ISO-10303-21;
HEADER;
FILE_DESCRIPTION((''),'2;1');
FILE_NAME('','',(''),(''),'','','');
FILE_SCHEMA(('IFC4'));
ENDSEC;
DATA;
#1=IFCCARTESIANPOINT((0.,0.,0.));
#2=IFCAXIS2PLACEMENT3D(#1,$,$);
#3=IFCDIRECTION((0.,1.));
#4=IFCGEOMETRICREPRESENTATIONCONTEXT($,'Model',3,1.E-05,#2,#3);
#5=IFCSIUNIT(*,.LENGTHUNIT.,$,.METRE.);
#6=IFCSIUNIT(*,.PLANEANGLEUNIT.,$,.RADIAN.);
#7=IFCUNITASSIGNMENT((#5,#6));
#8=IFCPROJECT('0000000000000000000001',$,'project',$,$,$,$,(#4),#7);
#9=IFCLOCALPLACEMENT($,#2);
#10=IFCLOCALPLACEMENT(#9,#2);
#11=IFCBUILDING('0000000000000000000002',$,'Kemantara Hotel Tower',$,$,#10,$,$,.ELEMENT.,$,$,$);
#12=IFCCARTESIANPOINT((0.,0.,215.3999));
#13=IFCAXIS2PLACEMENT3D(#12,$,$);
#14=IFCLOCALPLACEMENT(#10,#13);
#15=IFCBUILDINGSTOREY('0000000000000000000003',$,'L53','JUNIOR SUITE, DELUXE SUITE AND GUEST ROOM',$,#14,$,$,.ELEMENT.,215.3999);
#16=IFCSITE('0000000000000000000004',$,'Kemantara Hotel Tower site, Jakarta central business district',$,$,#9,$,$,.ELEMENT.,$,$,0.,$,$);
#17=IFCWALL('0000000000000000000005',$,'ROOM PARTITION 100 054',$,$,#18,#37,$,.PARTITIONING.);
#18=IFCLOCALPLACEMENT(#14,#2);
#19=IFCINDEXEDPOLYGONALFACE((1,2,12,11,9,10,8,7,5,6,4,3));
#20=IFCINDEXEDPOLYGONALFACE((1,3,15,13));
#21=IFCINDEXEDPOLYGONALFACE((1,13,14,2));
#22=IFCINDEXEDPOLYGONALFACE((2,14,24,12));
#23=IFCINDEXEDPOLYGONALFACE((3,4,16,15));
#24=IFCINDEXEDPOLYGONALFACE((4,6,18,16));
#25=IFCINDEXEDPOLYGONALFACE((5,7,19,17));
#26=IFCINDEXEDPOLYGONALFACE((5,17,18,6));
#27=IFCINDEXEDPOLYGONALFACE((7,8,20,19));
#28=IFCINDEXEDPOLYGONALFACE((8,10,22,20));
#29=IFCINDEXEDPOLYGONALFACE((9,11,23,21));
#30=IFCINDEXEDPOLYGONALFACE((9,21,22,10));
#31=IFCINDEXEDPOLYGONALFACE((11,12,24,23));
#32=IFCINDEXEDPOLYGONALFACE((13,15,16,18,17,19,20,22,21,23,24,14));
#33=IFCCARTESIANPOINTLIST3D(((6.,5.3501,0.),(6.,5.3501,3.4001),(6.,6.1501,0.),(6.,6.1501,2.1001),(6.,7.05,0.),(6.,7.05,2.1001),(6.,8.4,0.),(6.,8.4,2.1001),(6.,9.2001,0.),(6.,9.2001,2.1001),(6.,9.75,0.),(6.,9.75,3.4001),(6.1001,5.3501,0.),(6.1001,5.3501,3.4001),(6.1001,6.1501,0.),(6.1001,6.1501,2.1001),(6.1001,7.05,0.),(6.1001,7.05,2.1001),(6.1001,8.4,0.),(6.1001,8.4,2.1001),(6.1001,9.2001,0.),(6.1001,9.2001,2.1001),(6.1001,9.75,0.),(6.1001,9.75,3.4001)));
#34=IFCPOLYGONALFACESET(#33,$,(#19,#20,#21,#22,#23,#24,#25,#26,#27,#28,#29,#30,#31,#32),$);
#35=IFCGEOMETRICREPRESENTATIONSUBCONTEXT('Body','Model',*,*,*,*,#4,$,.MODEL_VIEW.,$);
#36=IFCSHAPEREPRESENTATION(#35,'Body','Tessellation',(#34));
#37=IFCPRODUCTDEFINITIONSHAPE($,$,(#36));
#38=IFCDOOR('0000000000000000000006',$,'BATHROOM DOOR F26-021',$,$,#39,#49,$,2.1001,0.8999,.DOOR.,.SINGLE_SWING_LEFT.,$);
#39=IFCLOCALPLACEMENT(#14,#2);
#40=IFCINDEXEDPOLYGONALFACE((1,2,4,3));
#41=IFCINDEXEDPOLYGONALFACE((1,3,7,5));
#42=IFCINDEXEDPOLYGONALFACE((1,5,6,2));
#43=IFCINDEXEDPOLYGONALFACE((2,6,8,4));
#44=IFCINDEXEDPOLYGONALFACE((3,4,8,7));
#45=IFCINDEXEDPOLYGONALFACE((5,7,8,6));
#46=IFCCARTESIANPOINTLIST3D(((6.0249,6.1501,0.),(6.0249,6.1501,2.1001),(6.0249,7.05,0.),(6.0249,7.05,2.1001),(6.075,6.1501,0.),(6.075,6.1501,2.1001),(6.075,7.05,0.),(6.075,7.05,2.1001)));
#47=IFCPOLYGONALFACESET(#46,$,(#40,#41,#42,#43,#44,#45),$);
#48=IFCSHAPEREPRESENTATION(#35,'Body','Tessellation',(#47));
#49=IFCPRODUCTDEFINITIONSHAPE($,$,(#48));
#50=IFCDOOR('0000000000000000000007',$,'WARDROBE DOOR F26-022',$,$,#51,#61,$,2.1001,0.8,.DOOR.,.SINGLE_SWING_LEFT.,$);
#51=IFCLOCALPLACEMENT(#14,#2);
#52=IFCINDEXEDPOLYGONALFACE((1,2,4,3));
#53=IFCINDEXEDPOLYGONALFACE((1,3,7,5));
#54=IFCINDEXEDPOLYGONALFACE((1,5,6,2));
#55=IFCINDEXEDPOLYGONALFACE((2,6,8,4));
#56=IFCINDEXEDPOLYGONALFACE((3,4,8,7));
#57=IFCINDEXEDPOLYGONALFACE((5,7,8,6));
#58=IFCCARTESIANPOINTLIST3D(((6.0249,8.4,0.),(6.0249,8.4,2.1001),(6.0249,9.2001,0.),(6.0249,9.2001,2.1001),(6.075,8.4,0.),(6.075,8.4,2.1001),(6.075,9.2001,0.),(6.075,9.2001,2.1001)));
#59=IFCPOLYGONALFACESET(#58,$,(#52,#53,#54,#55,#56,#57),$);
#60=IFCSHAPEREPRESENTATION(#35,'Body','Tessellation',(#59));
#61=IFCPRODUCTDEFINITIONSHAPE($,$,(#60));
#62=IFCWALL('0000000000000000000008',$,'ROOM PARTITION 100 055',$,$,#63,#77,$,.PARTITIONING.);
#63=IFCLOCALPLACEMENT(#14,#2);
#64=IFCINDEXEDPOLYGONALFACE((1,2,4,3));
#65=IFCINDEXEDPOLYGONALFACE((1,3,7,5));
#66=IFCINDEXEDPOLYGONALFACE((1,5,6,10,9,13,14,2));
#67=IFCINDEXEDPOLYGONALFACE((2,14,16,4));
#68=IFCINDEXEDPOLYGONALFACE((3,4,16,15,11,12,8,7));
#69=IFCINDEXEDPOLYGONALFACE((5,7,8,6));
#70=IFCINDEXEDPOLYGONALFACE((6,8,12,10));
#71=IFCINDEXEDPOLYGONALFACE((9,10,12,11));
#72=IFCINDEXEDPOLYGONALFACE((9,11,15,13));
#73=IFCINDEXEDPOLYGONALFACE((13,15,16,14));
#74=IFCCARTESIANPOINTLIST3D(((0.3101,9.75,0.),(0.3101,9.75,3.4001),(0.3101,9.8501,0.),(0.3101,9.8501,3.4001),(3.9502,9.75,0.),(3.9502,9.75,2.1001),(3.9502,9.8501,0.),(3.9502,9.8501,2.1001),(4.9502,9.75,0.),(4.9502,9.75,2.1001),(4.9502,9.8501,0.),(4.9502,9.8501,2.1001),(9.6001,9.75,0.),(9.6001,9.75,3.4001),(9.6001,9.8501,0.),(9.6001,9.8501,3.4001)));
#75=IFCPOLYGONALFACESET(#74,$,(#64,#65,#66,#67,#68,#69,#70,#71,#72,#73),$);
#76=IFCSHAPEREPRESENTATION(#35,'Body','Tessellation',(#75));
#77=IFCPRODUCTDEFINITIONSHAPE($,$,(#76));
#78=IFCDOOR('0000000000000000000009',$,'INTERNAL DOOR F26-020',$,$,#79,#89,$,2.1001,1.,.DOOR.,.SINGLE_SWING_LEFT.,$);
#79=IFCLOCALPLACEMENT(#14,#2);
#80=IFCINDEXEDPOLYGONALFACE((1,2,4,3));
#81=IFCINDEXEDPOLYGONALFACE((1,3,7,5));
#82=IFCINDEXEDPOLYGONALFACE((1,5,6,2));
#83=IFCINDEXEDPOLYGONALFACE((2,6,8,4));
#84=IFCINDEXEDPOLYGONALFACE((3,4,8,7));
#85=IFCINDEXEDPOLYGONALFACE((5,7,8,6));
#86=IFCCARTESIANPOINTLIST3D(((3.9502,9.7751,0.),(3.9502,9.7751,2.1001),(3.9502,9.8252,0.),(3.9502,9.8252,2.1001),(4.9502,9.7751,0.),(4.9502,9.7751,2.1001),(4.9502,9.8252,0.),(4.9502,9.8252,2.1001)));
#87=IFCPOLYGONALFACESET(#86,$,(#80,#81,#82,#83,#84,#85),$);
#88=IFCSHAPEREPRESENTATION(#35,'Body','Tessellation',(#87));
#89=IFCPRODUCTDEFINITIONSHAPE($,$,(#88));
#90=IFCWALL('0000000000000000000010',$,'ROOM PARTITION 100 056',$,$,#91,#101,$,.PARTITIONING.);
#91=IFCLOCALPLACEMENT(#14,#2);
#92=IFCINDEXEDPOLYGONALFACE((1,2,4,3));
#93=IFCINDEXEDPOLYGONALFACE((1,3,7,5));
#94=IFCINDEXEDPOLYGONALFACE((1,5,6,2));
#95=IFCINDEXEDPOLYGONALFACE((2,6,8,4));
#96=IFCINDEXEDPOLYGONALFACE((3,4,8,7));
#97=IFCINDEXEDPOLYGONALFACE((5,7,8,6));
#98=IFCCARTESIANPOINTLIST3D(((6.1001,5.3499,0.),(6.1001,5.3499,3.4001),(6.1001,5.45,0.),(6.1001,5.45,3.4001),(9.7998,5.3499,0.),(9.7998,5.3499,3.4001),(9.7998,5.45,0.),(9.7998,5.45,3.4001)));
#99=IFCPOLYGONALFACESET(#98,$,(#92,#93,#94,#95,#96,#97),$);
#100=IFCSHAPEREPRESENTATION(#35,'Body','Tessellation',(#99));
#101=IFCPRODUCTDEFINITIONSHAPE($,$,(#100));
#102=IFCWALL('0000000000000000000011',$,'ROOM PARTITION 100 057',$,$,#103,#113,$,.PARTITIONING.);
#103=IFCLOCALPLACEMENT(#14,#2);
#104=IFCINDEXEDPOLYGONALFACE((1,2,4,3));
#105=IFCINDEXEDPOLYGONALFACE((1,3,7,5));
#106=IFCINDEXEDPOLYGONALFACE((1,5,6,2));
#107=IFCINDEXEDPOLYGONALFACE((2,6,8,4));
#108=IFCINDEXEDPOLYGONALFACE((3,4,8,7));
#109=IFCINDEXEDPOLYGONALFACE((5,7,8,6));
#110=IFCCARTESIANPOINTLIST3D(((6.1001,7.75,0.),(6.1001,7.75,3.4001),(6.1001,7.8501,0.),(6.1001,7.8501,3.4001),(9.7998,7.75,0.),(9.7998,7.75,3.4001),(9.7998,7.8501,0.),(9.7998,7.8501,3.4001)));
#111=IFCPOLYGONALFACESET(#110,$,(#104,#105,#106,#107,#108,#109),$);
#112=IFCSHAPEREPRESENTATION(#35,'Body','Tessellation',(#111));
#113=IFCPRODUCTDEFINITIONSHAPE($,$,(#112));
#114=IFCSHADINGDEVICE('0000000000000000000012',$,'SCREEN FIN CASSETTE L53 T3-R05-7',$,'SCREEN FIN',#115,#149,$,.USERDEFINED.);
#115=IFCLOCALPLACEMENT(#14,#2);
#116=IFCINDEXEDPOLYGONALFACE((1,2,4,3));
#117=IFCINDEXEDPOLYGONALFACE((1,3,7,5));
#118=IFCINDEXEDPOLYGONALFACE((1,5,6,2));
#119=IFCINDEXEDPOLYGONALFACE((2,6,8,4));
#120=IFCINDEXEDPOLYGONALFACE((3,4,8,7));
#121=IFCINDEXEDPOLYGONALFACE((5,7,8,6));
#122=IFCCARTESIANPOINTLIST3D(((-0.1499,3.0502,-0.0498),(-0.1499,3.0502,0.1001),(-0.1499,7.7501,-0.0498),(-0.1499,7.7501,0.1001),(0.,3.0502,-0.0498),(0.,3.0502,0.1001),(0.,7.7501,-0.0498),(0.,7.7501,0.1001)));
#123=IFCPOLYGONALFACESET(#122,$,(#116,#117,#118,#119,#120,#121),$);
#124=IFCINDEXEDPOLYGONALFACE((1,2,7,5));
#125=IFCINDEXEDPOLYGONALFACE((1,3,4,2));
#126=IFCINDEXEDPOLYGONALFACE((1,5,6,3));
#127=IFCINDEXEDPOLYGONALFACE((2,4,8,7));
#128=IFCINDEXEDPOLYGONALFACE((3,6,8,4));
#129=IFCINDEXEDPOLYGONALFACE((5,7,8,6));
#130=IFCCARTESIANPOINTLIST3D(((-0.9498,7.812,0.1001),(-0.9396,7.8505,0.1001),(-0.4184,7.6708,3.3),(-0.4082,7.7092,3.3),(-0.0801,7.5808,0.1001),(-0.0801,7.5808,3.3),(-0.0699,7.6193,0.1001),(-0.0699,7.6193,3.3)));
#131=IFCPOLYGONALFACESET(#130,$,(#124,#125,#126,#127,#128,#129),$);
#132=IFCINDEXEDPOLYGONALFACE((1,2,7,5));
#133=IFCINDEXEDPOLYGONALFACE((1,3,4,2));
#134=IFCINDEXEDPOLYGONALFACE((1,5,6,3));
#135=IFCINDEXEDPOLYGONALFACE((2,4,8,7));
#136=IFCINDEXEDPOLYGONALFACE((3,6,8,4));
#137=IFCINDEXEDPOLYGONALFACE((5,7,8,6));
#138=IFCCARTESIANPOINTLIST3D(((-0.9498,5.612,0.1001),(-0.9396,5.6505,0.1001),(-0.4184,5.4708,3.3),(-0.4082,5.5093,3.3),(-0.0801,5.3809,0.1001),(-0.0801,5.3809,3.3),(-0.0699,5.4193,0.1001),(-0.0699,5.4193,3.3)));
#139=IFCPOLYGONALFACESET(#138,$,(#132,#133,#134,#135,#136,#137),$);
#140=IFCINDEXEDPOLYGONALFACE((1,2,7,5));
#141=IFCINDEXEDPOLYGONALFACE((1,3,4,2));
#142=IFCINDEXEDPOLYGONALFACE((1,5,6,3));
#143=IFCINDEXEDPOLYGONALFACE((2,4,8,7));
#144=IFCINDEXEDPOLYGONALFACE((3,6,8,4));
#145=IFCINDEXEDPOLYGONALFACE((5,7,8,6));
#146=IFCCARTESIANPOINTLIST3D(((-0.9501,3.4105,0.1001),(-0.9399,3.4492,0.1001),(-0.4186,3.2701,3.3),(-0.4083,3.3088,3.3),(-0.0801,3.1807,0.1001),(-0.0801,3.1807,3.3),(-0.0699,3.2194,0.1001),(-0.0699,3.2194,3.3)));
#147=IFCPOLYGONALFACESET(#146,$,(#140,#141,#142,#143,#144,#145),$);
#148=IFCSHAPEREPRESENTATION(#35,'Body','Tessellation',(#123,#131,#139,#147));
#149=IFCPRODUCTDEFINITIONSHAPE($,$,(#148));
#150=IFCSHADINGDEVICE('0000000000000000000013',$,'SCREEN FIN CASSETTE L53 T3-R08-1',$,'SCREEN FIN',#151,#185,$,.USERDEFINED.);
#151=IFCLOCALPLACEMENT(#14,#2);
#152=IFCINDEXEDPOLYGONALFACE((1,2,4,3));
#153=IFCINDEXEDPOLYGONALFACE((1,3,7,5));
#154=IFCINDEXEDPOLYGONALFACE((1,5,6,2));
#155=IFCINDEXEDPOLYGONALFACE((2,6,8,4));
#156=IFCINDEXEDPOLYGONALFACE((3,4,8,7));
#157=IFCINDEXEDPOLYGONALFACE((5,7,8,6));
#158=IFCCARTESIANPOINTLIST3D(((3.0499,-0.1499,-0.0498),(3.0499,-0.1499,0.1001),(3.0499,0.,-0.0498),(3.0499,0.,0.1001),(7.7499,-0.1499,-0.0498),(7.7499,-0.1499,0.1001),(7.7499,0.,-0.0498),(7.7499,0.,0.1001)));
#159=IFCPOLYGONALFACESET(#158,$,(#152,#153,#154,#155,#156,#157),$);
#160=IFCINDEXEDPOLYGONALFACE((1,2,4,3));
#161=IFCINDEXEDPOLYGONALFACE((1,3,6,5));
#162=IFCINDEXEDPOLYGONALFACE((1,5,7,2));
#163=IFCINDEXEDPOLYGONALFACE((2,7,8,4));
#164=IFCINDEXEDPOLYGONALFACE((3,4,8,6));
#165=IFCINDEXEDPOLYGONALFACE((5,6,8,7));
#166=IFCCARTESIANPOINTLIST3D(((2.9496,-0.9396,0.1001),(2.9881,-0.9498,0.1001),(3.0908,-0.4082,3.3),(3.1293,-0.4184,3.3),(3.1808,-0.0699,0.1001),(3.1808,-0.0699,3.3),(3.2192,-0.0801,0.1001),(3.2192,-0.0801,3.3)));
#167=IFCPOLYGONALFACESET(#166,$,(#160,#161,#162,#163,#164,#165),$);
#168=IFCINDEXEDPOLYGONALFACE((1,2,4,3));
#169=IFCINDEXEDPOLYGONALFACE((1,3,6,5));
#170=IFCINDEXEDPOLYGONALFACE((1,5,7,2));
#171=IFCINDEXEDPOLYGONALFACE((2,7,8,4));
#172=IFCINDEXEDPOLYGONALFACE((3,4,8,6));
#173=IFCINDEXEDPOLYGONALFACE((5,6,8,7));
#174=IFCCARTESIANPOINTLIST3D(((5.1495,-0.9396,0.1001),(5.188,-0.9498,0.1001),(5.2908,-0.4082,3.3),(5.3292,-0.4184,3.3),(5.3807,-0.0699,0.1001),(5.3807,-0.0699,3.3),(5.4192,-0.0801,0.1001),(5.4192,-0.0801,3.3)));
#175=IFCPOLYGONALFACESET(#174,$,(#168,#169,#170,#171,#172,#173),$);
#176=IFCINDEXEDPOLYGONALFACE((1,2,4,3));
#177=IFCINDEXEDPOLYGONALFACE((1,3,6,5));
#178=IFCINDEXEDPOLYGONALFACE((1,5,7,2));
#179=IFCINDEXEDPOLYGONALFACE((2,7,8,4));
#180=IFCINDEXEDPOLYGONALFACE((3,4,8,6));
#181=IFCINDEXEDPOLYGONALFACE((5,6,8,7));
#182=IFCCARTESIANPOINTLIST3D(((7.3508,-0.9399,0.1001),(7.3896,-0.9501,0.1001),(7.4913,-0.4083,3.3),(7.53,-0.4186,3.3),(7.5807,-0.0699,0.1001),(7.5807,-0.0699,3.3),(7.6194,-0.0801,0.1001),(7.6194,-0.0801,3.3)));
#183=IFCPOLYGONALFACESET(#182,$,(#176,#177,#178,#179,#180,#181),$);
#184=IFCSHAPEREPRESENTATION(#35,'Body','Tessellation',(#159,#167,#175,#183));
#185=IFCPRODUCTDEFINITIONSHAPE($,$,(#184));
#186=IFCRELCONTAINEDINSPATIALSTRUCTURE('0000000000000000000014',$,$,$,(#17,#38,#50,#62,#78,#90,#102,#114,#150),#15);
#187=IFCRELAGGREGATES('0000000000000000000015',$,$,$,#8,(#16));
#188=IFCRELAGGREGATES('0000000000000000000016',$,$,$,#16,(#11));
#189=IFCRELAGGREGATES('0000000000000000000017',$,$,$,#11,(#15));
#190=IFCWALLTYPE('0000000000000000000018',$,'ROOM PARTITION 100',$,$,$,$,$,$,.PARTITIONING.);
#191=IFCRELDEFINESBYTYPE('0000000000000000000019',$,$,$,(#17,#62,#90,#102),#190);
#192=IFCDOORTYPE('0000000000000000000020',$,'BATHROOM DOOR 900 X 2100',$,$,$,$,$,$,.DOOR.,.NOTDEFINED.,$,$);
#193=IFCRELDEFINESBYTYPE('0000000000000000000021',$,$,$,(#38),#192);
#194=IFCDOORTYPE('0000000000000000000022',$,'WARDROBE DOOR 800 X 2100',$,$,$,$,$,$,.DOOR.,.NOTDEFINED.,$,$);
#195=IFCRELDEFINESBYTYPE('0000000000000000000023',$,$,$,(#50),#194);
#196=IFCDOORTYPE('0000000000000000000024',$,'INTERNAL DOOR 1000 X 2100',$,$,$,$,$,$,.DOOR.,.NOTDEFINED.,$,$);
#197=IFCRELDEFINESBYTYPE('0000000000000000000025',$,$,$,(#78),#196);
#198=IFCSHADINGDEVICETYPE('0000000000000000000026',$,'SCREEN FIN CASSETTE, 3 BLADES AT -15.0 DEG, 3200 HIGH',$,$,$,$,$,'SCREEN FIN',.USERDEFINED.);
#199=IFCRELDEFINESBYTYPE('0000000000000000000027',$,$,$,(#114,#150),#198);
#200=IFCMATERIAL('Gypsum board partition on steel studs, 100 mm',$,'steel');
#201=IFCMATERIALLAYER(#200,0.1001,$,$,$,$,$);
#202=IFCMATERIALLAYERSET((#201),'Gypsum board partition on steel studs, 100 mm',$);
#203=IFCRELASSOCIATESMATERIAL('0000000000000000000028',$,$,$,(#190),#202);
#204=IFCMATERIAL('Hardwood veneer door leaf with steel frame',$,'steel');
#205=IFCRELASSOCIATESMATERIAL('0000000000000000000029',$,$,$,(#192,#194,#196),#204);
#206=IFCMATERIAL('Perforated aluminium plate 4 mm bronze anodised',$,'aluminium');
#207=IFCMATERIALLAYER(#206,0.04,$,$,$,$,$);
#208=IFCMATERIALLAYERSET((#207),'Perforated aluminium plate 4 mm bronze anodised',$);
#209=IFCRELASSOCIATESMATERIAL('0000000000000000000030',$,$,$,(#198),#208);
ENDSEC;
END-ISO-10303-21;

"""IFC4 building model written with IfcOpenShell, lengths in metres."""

from ifc_helpers import new_model, si_unit, direction, frame, frame_2d, origin, origin_2d, place, context, subcontext, project, spatial, polyline, rectangle, outline, extrude, source, transform, mapped, material, layer, layer_set, type_object, element, fill, save


model = new_model("IFC4")

# Units and contexts
model_context = context("Model", 3, precision=1e-05, world=origin(), true_north=direction((0.0, 1.0)))
body_context = subcontext(model_context, "Body", "Model", "MODEL_VIEW")
ifc_project = project(units=[si_unit("LENGTHUNIT", "METRE"), si_unit("PLANEANGLEUNIT", "RADIAN")], contexts=[model_context])

# Site, building, storey
site_placement = place(None, origin())
site = spatial("IfcSite", under=ifc_project, at=site_placement, Name="Kemantara Hotel Tower site, Jakarta central business district", CompositionType="ELEMENT", RefElevation=0.0)
building_placement = place(site_placement, origin())
building = spatial("IfcBuilding", under=site, at=building_placement, Name="Kemantara Hotel Tower", CompositionType="ELEMENT")
storey_placement = place(building_placement, frame((0.0, 0.0, 215.3999)))
storey = spatial("IfcBuildingStorey", under=building, at=storey_placement, Name="L53", Description="JUNIOR SUITE, DELUXE SUITE AND GUEST ROOM", CompositionType="ELEMENT", Elevation=215.3999)

# Wall, openings, doors
ifc_material_1 = material(Name="Hardwood veneer door leaf with steel frame", Category="steel")
ifc_material_2 = material(Name="Gypsum board partition on steel studs, 100 mm", Category="steel")
ifc_layer_1 = layer(ifc_material_2, 0.1001)
ifc_layer_set_1 = layer_set([ifc_layer_1], Name="Gypsum board partition on steel studs, 100 mm")
wall_type_1 = type_object("IfcWallType", Name="ROOM PARTITION 100", PredefinedType="PARTITIONING", material=ifc_layer_set_1)
wall_1_placement = place(storey_placement, frame((6.05, 9.75, 0.0), z_axis=(0.0, 0.0, 1.0), x_axis=(0.0, -1.0, 0.0)))
wall_1 = element("IfcWall", 1, at=wall_1_placement, inside=storey, type_object=wall_type_1, Name="ROOM PARTITION 100 054", PredefinedType="PARTITIONING", context=body_context, shape_type="SweptSolid", body=[
    extrude(rectangle(XDim=4.3999, YDim=0.1001, at=frame_2d((2.2, 0.0))), origin(), (0.0, 0.0, 1.0), 3.4001),
])
opening_1_placement = place(wall_1_placement, frame((2.7, 0.0, 0.0)))
opening_1 = element("IfcOpeningElement", 2, at=opening_1_placement, cuts=wall_1, PredefinedType="OPENING", context=body_context, shape_type="SweptSolid", body=[
    extrude(rectangle(XDim=0.8999, YDim=2.1001, at=frame_2d((0.45, 1.05))), frame((0.0, 0.0601, 0.0), z_axis=(0.0, -1.0, 0.0), x_axis=(1.0, 0.0, 0.0)), (0.0, 0.0, 1.0), 0.1201),
])
opening_2_placement = place(wall_1_placement, frame((0.55, 0.0, 0.0)))
opening_2 = element("IfcOpeningElement", 3, at=opening_2_placement, cuts=wall_1, PredefinedType="OPENING", context=body_context, shape_type="SweptSolid", body=[
    extrude(rectangle(XDim=0.8, YDim=2.1001, at=frame_2d((0.3999, 1.05))), frame((0.0, 0.0601, 0.0), z_axis=(0.0, -1.0, 0.0), x_axis=(1.0, 0.0, 0.0)), (0.0, 0.0, 1.0), 0.1201),
])
door_type_1 = type_object("IfcDoorType", Name="BATHROOM DOOR 900 X 2100", OperationType="NOTDEFINED", PredefinedType="DOOR", material=ifc_material_1)
door_1_placement = place(opening_1_placement, origin())
door_1 = element("IfcDoor", 4, at=door_1_placement, inside=storey, type_object=door_type_1, Name="BATHROOM DOOR F26-021", OperationType="SINGLE_SWING_LEFT", OverallHeight=2.1001, OverallWidth=0.8999, PredefinedType="DOOR", context=body_context, shape_type="SweptSolid", body=[
    extrude(rectangle(XDim=0.8999, YDim=2.1001, at=frame_2d((0.45, 1.05))), frame((0.0, 0.0249, 0.0), z_axis=(0.0, -1.0, 0.0), x_axis=(1.0, 0.0, 0.0)), (0.0, 0.0, 1.0), 0.05),
])
fill(opening_1, door_1)
door_type_2 = type_object("IfcDoorType", Name="WARDROBE DOOR 800 X 2100", OperationType="NOTDEFINED", PredefinedType="DOOR", material=ifc_material_1)
door_2_placement = place(opening_2_placement, origin())
door_2 = element("IfcDoor", 5, at=door_2_placement, inside=storey, type_object=door_type_2, Name="WARDROBE DOOR F26-022", OperationType="SINGLE_SWING_LEFT", OverallHeight=2.1001, OverallWidth=0.8, PredefinedType="DOOR", context=body_context, shape_type="SweptSolid", body=[
    extrude(rectangle(XDim=0.8, YDim=2.1001, at=frame_2d((0.3999, 1.05))), frame((0.0, 0.0249, 0.0), z_axis=(0.0, -1.0, 0.0), x_axis=(1.0, 0.0, 0.0)), (0.0, 0.0, 1.0), 0.05),
])
fill(opening_2, door_2)

# Wall, opening, door
wall_2_placement = place(storey_placement, frame((9.6001, 9.8, 0.0), z_axis=(0.0, 0.0, 1.0), x_axis=(-1.0, 0.0, 0.0)))
wall_2 = element("IfcWall", 6, at=wall_2_placement, inside=storey, type_object=wall_type_1, Name="ROOM PARTITION 100 055", PredefinedType="PARTITIONING", context=body_context, shape_type="SweptSolid", body=[
    extrude(rectangle(XDim=9.29, YDim=0.1001, at=frame_2d((4.645, 0.0))), origin(), (0.0, 0.0, 1.0), 3.4001),
])
opening_3_placement = place(wall_2_placement, frame((4.6499, 0.0, 0.0)))
opening_3 = element("IfcOpeningElement", 7, at=opening_3_placement, cuts=wall_2, PredefinedType="OPENING", context=body_context, shape_type="SweptSolid", body=[
    extrude(rectangle(XDim=1.0, YDim=2.1001, at=frame_2d((0.5, 1.05))), frame((0.0, 0.0601, 0.0), z_axis=(0.0, -1.0, 0.0), x_axis=(1.0, 0.0, 0.0)), (0.0, 0.0, 1.0), 0.1201),
])
door_type_3 = type_object("IfcDoorType", Name="INTERNAL DOOR 1000 X 2100", OperationType="NOTDEFINED", PredefinedType="DOOR", material=ifc_material_1)
door_3_placement = place(opening_3_placement, origin())
door_3 = element("IfcDoor", 8, at=door_3_placement, inside=storey, type_object=door_type_3, Name="INTERNAL DOOR F26-020", OperationType="SINGLE_SWING_LEFT", OverallHeight=2.1001, OverallWidth=1.0, PredefinedType="DOOR", context=body_context, shape_type="SweptSolid", body=[
    extrude(rectangle(XDim=1.0, YDim=2.1001, at=frame_2d((0.5, 1.05))), frame((0.0, 0.0249, 0.0), z_axis=(0.0, -1.0, 0.0), x_axis=(1.0, 0.0, 0.0)), (0.0, 0.0, 1.0), 0.05),
])
fill(opening_3, door_3)

# Walls
for number, where, z_axis, x_axis, name in (
    (9, (6.1001, 5.3999, 0.0), (0.0, 0.0, 1.0), (1.0, 0.0, 0.0), "ROOM PARTITION 100 056"),
    (10, (6.1001, 7.8, 0.0), (0.0, 0.0, 1.0), (1.0, 0.0, 0.0), "ROOM PARTITION 100 057"),
):
    element("IfcWall", number, at=place(storey_placement, frame(where, z_axis=z_axis, x_axis=x_axis)), inside=storey, type_object=wall_type_1, Name=name, PredefinedType="PARTITIONING", context=body_context, shape_type="SweptSolid", body=[
        extrude(rectangle(XDim=3.6997, YDim=0.1001, at=frame_2d((1.8499, 0.0))), origin(), (0.0, 0.0, 1.0), 3.4001),
    ])

# Shading devices
ifc_material_3 = material(Name="Perforated aluminium plate 4 mm bronze anodised", Category="aluminium")
ifc_layer_2 = layer(ifc_material_3, 0.04)
ifc_layer_set_2 = layer_set([ifc_layer_2], Name="Perforated aluminium plate 4 mm bronze anodised")
shading_device_type_1 = type_object("IfcShadingDeviceType", Name="SCREEN FIN CASSETTE, 3 BLADES AT -15.0 DEG, 3200 HIGH", ElementType="SCREEN FIN", PredefinedType="USERDEFINED", material=ifc_layer_set_2)
shared_shape_1 = source(origin(), body_context, "Body", "SweptSolid", [
    extrude(rectangle(XDim=4.7, YDim=0.1499, at=origin_2d()), frame((2.2, -0.075, -0.1499), z_axis=(0.0, 0.0, 1.0), x_axis=(1.0, 0.0, 0.0)), (0.0, 0.0, 1.0), 0.1499),
    extrude(outline(polyline([(0.0, 0.0), (0.8999, 0.0), (0.3501, 3.2), (0.0, 3.2), (0.0, 0.0)])), frame((0.0193, -0.0801, 0.0), z_axis=(-0.966438, 0.256901, 0.0), x_axis=(-0.256901, -0.966438, 0.0)), (0.0, 0.0, 1.0), 0.0398),
    extrude(outline(polyline([(0.0, 0.0), (0.8999, 0.0), (0.3501, 3.2), (0.0, 3.2), (0.0, 0.0)])), frame((2.2192, -0.0801, 0.0), z_axis=(-0.966438, 0.256901, 0.0), x_axis=(-0.256901, -0.966438, 0.0)), (0.0, 0.0, 1.0), 0.0398),
    extrude(outline(polyline([(0.0, 0.0), (0.8999, 0.0), (0.3501, 3.2), (0.0, 3.2), (0.0, 0.0)])), frame((4.4194, -0.0801, 0.0), z_axis=(-0.966838, 0.255391, 0.0), x_axis=(-0.255391, -0.966838, 0.0)), (0.0, 0.0, 1.0), 0.04),
])
for number, where, z_axis, x_axis, name in (
    (11, (0.0, 7.6001, 0.1001), (0.0, 0.0, 1.0), (0.0, -1.0, 0.0), "SCREEN FIN CASSETTE L53 T3-R05-7"),
    (12, (3.2, 0.0, 0.1001), (0.0, 0.0, 1.0), (1.0, 0.0, 0.0), "SCREEN FIN CASSETTE L53 T3-R08-1"),
):
    element("IfcShadingDevice", number, at=place(storey_placement, frame(where, z_axis=z_axis, x_axis=x_axis)), inside=storey, type_object=shading_device_type_1, Name=name, ObjectType="SCREEN FIN", PredefinedType="USERDEFINED", context=body_context, shape_type="MappedRepresentation", body=[
        mapped(shared_shape_1, transform((0.0, 0.0, 0.0))),
    ])

save(model, "model.ifc")
